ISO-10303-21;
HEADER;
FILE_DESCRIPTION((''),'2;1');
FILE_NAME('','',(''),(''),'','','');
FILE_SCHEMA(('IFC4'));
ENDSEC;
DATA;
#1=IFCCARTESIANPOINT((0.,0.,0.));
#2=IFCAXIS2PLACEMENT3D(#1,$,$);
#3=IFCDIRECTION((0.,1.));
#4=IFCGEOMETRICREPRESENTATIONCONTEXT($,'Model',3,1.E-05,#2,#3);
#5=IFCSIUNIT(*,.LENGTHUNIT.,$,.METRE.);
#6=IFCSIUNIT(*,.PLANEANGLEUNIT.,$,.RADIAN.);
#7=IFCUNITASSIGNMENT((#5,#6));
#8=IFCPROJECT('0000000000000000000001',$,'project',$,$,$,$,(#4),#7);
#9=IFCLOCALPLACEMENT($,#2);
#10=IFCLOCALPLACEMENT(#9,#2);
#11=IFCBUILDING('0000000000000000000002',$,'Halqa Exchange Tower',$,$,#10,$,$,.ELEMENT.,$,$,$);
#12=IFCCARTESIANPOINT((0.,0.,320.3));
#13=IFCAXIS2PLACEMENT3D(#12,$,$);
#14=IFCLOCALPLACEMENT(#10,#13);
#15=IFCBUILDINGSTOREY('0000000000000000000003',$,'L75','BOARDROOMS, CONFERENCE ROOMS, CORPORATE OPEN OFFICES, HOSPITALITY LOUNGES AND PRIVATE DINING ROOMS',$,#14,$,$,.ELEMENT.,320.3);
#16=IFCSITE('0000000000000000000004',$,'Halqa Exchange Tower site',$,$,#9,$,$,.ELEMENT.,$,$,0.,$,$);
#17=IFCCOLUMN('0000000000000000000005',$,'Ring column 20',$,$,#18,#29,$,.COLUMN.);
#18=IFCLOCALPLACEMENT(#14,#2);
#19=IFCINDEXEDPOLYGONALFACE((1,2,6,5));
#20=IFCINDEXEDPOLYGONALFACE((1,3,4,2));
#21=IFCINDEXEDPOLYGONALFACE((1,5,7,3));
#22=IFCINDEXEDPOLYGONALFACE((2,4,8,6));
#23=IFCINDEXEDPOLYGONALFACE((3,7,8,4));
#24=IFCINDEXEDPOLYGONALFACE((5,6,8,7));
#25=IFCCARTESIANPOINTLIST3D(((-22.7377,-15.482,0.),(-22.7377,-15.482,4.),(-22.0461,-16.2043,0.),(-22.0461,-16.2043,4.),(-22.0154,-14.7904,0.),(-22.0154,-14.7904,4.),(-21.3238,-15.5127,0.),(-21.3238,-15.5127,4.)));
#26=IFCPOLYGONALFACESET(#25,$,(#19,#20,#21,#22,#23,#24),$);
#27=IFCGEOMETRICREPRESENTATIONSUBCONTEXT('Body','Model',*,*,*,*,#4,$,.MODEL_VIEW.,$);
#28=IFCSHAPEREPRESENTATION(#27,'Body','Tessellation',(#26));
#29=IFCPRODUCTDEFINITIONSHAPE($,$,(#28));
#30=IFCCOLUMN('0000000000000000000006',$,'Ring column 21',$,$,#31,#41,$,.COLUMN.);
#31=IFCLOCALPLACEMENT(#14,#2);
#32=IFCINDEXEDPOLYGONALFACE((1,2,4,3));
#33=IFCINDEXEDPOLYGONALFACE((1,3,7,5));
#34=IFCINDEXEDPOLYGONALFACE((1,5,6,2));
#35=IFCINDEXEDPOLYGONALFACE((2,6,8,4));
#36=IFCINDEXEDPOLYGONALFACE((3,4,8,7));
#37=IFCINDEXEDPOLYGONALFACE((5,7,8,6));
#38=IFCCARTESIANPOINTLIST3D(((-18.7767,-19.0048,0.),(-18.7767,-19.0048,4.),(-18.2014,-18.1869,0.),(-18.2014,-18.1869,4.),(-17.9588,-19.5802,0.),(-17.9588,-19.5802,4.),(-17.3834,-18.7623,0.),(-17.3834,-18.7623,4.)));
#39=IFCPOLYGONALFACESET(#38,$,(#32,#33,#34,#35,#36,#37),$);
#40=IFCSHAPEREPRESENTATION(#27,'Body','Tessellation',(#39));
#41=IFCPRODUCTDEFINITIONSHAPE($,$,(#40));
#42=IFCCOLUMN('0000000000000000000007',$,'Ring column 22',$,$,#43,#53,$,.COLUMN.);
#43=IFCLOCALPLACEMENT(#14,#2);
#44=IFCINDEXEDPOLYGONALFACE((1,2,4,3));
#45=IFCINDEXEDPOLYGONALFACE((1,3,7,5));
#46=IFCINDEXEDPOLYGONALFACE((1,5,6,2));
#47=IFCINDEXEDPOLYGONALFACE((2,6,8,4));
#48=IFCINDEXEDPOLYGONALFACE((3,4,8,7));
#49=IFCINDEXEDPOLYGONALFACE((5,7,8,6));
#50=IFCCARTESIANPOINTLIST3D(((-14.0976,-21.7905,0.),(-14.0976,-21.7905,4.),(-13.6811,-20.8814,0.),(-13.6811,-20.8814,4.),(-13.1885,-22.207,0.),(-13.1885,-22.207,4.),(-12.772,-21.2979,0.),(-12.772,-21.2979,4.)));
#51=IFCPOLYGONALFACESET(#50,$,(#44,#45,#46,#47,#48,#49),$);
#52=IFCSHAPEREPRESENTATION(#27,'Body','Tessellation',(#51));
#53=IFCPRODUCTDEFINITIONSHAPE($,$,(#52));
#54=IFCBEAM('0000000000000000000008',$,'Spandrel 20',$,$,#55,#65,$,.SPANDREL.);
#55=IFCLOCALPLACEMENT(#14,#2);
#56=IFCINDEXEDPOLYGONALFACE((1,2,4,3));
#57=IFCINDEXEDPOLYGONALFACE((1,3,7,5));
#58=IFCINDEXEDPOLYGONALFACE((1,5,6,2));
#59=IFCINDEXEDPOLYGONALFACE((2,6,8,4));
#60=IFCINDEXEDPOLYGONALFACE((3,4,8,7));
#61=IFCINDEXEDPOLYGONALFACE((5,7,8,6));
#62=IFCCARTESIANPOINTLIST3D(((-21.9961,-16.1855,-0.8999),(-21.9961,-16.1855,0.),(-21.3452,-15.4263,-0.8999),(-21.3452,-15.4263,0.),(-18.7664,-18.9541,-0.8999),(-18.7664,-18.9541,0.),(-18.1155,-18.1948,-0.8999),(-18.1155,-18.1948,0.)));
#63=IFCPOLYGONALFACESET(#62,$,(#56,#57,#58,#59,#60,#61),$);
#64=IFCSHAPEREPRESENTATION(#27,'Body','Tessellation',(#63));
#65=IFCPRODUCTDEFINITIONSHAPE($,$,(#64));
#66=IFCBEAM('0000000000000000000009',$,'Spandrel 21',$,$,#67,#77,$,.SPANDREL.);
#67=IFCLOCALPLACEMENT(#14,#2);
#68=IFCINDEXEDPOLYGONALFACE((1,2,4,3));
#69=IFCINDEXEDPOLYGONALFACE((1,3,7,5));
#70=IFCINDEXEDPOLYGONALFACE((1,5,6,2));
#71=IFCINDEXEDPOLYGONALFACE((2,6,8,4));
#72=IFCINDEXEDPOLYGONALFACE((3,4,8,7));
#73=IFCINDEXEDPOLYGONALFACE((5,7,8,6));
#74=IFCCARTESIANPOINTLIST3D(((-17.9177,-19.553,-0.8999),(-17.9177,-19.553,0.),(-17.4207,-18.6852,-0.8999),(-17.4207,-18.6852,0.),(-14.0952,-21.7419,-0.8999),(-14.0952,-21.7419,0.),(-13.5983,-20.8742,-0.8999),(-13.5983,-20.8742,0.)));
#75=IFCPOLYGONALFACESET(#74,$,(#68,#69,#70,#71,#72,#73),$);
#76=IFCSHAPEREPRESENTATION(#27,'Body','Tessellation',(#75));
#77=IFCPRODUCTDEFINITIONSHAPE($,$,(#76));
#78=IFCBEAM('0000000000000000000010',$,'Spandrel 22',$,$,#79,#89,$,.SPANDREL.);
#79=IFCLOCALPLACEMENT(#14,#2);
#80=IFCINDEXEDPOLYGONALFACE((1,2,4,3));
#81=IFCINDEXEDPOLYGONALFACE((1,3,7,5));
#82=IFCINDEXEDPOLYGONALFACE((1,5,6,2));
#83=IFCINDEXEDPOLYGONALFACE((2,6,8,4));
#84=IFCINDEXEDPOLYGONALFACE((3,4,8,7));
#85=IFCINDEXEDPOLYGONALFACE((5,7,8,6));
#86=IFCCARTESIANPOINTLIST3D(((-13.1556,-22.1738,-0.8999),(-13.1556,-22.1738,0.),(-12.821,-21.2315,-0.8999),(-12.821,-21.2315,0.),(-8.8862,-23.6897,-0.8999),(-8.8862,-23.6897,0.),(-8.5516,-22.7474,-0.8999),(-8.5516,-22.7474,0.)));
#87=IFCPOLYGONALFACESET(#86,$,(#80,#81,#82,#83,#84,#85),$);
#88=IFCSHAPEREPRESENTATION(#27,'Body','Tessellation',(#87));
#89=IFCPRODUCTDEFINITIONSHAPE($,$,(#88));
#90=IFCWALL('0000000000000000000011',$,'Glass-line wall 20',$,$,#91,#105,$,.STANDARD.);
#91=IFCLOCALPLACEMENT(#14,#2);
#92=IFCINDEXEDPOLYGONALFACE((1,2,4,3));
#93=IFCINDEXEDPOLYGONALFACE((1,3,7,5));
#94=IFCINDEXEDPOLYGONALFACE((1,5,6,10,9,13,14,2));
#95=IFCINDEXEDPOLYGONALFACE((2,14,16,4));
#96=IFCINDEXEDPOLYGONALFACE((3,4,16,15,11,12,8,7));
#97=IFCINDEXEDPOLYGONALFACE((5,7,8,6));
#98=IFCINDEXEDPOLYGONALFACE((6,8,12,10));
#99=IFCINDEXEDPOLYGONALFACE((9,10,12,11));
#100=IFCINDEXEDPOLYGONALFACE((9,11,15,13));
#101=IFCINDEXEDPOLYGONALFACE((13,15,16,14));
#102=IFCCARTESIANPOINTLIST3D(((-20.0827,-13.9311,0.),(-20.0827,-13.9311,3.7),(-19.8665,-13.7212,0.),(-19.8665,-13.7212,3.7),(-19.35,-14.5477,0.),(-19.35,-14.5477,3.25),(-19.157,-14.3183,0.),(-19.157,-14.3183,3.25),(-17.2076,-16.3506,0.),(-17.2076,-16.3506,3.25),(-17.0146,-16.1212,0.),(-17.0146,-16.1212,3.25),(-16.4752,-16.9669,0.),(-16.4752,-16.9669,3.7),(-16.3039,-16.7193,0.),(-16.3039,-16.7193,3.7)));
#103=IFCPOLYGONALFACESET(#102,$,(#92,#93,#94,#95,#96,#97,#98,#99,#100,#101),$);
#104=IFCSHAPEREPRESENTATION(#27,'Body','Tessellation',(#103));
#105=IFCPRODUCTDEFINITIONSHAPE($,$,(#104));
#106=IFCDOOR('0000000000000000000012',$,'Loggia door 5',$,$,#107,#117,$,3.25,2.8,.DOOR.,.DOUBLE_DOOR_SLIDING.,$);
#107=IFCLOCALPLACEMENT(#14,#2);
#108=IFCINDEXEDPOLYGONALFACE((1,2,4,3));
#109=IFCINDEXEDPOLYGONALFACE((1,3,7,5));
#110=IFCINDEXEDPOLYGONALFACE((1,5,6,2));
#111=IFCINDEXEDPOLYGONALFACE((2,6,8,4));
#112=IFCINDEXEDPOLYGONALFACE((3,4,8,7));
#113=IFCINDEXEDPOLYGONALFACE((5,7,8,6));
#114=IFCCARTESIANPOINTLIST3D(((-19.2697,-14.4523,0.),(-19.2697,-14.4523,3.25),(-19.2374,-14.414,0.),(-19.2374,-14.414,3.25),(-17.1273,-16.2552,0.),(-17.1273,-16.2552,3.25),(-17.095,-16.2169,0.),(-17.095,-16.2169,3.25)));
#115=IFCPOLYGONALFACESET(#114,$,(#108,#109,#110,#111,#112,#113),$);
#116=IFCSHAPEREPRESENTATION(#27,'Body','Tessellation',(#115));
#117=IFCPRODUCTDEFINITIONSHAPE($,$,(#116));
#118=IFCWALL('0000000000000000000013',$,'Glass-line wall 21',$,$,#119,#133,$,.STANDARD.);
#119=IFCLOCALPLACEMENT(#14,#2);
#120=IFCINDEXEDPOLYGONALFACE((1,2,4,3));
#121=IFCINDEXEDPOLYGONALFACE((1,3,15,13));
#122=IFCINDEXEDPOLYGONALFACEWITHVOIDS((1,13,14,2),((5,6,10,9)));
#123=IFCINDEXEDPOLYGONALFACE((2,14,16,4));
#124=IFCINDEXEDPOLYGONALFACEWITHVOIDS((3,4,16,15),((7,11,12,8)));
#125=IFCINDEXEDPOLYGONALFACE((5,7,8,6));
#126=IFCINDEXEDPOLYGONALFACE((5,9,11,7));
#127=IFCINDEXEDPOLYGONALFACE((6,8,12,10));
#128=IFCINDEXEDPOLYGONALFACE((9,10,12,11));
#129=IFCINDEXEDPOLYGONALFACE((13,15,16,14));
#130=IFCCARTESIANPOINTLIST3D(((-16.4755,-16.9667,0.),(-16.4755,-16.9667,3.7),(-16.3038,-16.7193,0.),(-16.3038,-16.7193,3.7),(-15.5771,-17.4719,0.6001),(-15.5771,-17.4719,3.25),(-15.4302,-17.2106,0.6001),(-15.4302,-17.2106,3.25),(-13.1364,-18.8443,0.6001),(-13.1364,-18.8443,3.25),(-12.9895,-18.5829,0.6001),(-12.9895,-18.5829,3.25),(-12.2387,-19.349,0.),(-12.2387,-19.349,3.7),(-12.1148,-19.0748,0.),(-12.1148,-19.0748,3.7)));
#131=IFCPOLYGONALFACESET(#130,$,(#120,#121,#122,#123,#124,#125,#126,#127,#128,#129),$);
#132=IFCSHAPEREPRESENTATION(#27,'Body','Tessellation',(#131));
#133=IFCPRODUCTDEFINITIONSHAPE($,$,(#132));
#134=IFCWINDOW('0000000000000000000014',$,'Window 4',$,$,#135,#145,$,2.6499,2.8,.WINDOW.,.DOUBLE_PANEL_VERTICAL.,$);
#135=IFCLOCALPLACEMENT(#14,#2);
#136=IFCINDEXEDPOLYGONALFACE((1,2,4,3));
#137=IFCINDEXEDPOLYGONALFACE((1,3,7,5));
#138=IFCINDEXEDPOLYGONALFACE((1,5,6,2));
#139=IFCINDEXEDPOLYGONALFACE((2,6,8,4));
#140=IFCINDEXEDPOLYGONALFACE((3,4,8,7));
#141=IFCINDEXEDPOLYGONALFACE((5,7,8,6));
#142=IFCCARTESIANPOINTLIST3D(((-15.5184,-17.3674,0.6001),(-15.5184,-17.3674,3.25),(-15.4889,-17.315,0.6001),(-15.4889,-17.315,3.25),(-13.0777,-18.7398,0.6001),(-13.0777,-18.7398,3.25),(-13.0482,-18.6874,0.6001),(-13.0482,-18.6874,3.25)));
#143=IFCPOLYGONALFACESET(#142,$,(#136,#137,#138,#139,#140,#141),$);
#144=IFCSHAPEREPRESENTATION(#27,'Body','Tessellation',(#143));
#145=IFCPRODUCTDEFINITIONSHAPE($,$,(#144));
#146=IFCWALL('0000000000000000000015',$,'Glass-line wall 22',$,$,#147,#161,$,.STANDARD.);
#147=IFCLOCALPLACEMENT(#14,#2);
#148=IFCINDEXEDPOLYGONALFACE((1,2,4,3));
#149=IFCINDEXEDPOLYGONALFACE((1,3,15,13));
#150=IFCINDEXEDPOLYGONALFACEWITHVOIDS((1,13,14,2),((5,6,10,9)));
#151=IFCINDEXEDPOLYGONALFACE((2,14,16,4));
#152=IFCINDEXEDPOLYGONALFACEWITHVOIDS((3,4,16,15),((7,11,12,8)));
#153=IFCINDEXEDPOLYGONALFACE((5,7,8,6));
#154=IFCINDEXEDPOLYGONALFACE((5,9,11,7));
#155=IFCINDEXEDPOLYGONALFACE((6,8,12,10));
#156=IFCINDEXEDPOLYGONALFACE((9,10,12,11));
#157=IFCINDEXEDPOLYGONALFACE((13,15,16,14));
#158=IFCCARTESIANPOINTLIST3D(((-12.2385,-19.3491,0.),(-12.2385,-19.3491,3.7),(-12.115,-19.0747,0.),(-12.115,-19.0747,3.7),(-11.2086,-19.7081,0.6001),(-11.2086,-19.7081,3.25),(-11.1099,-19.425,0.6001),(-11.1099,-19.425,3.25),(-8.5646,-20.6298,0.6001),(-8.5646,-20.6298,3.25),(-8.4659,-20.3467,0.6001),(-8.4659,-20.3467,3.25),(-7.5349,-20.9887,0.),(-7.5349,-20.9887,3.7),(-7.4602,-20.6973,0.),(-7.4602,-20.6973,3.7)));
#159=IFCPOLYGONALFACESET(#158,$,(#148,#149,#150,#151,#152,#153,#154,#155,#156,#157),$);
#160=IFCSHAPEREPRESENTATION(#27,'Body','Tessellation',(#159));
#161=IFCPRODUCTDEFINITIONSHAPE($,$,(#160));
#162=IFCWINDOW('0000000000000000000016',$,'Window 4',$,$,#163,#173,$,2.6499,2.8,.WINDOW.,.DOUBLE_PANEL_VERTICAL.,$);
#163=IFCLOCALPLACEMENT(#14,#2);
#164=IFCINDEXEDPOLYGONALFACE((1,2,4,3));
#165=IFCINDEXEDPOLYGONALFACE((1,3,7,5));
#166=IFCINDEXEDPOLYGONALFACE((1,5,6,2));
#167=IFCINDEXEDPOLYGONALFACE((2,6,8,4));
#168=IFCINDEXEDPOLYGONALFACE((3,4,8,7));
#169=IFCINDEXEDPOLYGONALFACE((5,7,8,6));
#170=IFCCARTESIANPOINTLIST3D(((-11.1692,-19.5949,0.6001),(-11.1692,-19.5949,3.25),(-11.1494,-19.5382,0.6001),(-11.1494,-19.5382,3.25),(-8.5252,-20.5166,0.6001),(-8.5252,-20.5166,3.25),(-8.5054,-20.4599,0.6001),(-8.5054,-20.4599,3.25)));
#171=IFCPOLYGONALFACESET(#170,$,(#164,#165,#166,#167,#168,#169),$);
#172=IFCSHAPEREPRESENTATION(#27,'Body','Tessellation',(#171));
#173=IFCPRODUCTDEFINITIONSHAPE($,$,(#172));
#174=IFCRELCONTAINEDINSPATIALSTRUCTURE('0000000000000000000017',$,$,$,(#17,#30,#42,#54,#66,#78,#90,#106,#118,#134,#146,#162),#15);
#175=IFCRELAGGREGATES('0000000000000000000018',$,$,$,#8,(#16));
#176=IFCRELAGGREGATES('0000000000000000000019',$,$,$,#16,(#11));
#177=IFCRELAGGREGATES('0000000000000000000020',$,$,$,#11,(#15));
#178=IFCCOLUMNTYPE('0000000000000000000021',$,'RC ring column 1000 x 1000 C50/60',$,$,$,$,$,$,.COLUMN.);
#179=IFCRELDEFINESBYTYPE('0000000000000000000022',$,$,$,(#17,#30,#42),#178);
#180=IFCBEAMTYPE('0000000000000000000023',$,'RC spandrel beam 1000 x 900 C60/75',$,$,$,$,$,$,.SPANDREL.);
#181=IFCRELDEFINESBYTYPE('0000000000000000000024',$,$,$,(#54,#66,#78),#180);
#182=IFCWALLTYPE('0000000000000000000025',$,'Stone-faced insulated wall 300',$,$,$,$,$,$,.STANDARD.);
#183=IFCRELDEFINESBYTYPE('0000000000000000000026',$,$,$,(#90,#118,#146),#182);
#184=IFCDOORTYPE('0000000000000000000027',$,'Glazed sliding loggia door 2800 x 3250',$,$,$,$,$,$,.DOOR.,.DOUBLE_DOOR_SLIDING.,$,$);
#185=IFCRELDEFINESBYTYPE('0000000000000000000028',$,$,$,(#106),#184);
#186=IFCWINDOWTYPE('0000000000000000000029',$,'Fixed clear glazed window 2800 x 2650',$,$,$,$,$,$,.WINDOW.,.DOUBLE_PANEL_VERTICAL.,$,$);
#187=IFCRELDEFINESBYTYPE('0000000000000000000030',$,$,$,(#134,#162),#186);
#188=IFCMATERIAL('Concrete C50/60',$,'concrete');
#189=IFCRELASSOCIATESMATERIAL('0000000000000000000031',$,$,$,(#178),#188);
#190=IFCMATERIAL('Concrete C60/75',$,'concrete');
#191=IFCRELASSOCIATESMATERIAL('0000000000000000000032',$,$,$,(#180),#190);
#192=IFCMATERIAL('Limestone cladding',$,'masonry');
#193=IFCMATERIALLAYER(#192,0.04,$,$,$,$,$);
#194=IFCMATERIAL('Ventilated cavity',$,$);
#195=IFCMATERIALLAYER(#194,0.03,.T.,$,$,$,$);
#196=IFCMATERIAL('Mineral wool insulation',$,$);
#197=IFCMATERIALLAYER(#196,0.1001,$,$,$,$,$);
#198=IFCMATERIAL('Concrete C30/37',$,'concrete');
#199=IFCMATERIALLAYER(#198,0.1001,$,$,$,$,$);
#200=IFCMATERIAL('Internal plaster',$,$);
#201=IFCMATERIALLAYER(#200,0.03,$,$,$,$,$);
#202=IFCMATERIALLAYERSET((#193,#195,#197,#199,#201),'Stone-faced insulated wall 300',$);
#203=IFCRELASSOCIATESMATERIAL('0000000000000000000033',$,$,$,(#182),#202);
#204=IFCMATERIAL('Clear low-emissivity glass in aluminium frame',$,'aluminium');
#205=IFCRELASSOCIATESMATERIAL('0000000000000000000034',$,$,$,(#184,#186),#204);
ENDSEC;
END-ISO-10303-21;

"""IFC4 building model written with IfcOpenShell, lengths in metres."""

from ifc_helpers import new_model, si_unit, direction, frame, frame_2d, origin, origin_2d, place, context, subcontext, project, spatial, polyline, rectangle, outline, extrude, material, layer, layer_set, material_profile, profile_set, type_object, element, fill, save


model = new_model("IFC4")

# Units and contexts
model_context = context("Model", 3, precision=1e-05, world=origin(), true_north=direction((0.0, 1.0)))
body_context = subcontext(model_context, "Body", "Model", "MODEL_VIEW")
ifc_project = project(units=[si_unit("LENGTHUNIT", "METRE"), si_unit("PLANEANGLEUNIT", "RADIAN")], contexts=[model_context])

# Site, building, storey
site_placement = place(None, origin())
site = spatial("IfcSite", under=ifc_project, at=site_placement, Name="Halqa Exchange Tower site", CompositionType="ELEMENT", RefElevation=0.0)
building_placement = place(site_placement, origin())
building = spatial("IfcBuilding", under=site, at=building_placement, Name="Halqa Exchange Tower", CompositionType="ELEMENT")
storey_placement = place(building_placement, frame((0.0, 0.0, 320.3)))
storey = spatial("IfcBuildingStorey", under=building, at=storey_placement, Name="L75", Description="BOARDROOMS, CONFERENCE ROOMS, CORPORATE OPEN OFFICES, HOSPITALITY LOUNGES AND PRIVATE DINING ROOMS", CompositionType="ELEMENT", Elevation=320.3)

# Columns
ifc_material_1 = material(Name="Concrete C50/60", Category="concrete")
ifc_material_profile_1 = material_profile(ifc_material_1, rectangle(XDim=1.0, YDim=1.0, at=origin_2d()), Name="1000 x 1000")
ifc_profile_set_1 = profile_set([ifc_material_profile_1], Name="Concrete C50/60")
column_type = type_object("IfcColumnType", Name="RC ring column 1000 x 1000 C50/60", PredefinedType="COLUMN", material=ifc_profile_set_1)
for number, where, z_axis, x_axis, name in (
    (1, (-22.0308, -15.4973, 0.0), (0.0, 0.0, 1.0), (0.691579, -0.722301, 0.0), "Ring column 20"),
    (2, (-18.0801, -18.8835, 0.0), (0.0, 0.0, 1.0), (0.817907, -0.575351, 0.0), "Ring column 21"),
    (3, (-13.4348, -21.5442, 0.0), (0.0, 0.0, 1.0), (0.909129, -0.416516, 0.0), "Ring column 22"),
):
    element("IfcColumn", number, at=place(storey_placement, frame(where, z_axis=z_axis, x_axis=x_axis)), inside=storey, type_object=column_type, Name=name, PredefinedType="COLUMN", context=body_context, shape_type="SweptSolid", body=[
        extrude(rectangle(XDim=1.0, YDim=1.0, at=origin_2d()), origin(), (0.0, 0.0, 1.0), 4.0),
    ])

# Beams
ifc_material_2 = material(Name="Concrete C60/75", Category="concrete")
ifc_material_profile_2 = material_profile(ifc_material_2, rectangle(XDim=1.0, YDim=0.8999, at=origin_2d()), Name="1000 x 900")
ifc_profile_set_2 = profile_set([ifc_material_profile_2], Name="Concrete C60/75")
beam_type = type_object("IfcBeamType", Name="RC spandrel beam 1000 x 900 C60/75", PredefinedType="SPANDREL", material=ifc_profile_set_2)
beam_1_placement = place(storey_placement, frame((-21.6707, -15.8059, -0.45), z_axis=(0.759232, -0.65082, 0.0), x_axis=(0.65082, 0.759232, 0.0)))
element("IfcBeam", 4, at=beam_1_placement, inside=storey, type_object=beam_type, Name="Spandrel 20", PredefinedType="SPANDREL", context=body_context, shape_type="SweptSolid", body=[
    extrude(rectangle(XDim=1.0, YDim=0.8999, at=origin_2d()), origin(), (0.0, 0.0, 1.0), 4.2539),
])
beam_2_placement = place(storey_placement, frame((-17.6692, -19.1191, -0.45), z_axis=(0.867786, -0.496939, 0.0), x_axis=(0.496939, 0.867786, 0.0)))
element("IfcBeam", 5, at=beam_2_placement, inside=storey, type_object=beam_type, Name="Spandrel 21", PredefinedType="SPANDREL", context=body_context, shape_type="SweptSolid", body=[
    extrude(rectangle(XDim=1.0, YDim=0.8999, at=origin_2d()), origin(), (0.0, 0.0, 1.0), 4.4048),
])
beam_3_placement = place(storey_placement, frame((-12.9883, -21.7026, -0.45), z_axis=(0.942361, -0.334598, 0.0), x_axis=(0.334598, 0.942361, 0.0)))
element("IfcBeam", 6, at=beam_3_placement, inside=storey, type_object=beam_type, Name="Spandrel 22", PredefinedType="SPANDREL", context=body_context, shape_type="SweptSolid", body=[
    extrude(rectangle(XDim=1.0, YDim=0.8999, at=origin_2d()), origin(), (0.0, 0.0, 1.0), 4.5305),
])

# Wall, opening, door
ifc_material_3 = material(Name="Limestone cladding", Category="masonry")
ifc_layer_1 = layer(ifc_material_3, 0.04)
ifc_material_4 = material(Name="Ventilated cavity")
ifc_layer_2 = layer(ifc_material_4, 0.03, ventilated=True)
ifc_material_5 = material(Name="Mineral wool insulation")
ifc_layer_3 = layer(ifc_material_5, 0.1001)
ifc_material_6 = material(Name="Concrete C30/37", Category="concrete")
ifc_layer_4 = layer(ifc_material_6, 0.1001)
ifc_material_7 = material(Name="Internal plaster")
ifc_layer_5 = layer(ifc_material_7, 0.03)
ifc_layer_set_1 = layer_set([ifc_layer_1, ifc_layer_2, ifc_layer_3, ifc_layer_4, ifc_layer_5], Name="Stone-faced insulated wall 300")
wall_type_1 = type_object("IfcWallType", Name="Stone-faced insulated wall 300", PredefinedType="STANDARD", material=ifc_layer_set_1)
wall_1_placement = place(storey_placement, frame((-19.9746, -13.8262, 0.0), z_axis=(0.0, 0.0, 1.0), x_axis=(0.765129, -0.643877, 0.0)))
wall_1 = element("IfcWall", 7, at=wall_1_placement, inside=storey, type_object=wall_type_1, Name="Glass-line wall 20", PredefinedType="STANDARD", context=body_context, shape_type="SweptSolid", body=[
    extrude(outline(polyline([(-0.0151, -0.1499), (4.6997, -0.1499), (4.6714, 0.1499), (0.0151, 0.1499), (-0.0151, -0.1499)])), origin(), (0.0, 0.0, 1.0), 3.7),
])
opening_1_placement = place(wall_1_placement, frame((0.9426, 0.0, 0.0)))
opening_1 = element("IfcOpeningElement", 8, at=opening_1_placement, cuts=wall_1, PredefinedType="OPENING", context=body_context, shape_type="SweptSolid", body=[
    extrude(rectangle(XDim=2.8, YDim=3.25, at=frame_2d((1.3999, 1.625))), frame((0.0, 0.1621, 0.0), z_axis=(0.0, -1.0, 0.0), x_axis=(1.0, 0.0, 0.0)), (0.0, 0.0, 1.0), 0.324),
])
ifc_material_8 = material(Name="Clear low-emissivity glass in aluminium frame", Category="aluminium")
door_type_1 = type_object("IfcDoorType", Name="Glazed sliding loggia door 2800 x 3250", OperationType="DOUBLE_DOOR_SLIDING", PredefinedType="DOOR", material=ifc_material_8)
door_1_placement = place(opening_1_placement, origin())
door_1 = element("IfcDoor", 9, at=door_1_placement, inside=storey, type_object=door_type_1, Name="Loggia door 5", OperationType="DOUBLE_DOOR_SLIDING", OverallHeight=3.25, OverallWidth=2.8, PredefinedType="DOOR", context=body_context, shape_type="SweptSolid", body=[
    extrude(rectangle(XDim=2.8, YDim=3.25, at=frame_2d((1.3999, 1.625))), frame((0.0, 0.0249, 0.0), z_axis=(0.0, -1.0, 0.0), x_axis=(1.0, 0.0, 0.0)), (0.0, 0.0, 1.0), 0.05),
])
fill(opening_1, door_1)

# Walls, openings, windows
wall_2_placement = place(storey_placement, frame((-16.3896, -16.843, 0.0), z_axis=(0.0, 0.0, 1.0), x_axis=(0.871651, -0.490127, 0.0)))
wall_2 = element("IfcWall", 10, at=wall_2_placement, inside=storey, type_object=wall_type_1, Name="Glass-line wall 21", PredefinedType="STANDARD", context=body_context, shape_type="SweptSolid", body=[
    extrude(outline(polyline([(-0.0142, -0.1499), (4.8464, -0.1499), (4.8201, 0.1499), (0.0142, 0.1499), (-0.0142, -0.1499)])), origin(), (0.0, 0.0, 1.0), 3.7),
])
opening_2_placement = place(wall_2_placement, frame((1.0166, 0.0, 0.6001)))
opening_2 = element("IfcOpeningElement", 11, at=opening_2_placement, cuts=wall_2, PredefinedType="OPENING", context=body_context, shape_type="SweptSolid", body=[
    extrude(rectangle(XDim=2.8, YDim=2.6499, at=frame_2d((1.3999, 1.325))), frame((0.0, 0.1621, 0.0), z_axis=(0.0, -1.0, 0.0), x_axis=(1.0, 0.0, 0.0)), (0.0, 0.0, 1.0), 0.324),
])
window_type = type_object("IfcWindowType", Name="Fixed clear glazed window 2800 x 2650", PartitioningType="DOUBLE_PANEL_VERTICAL", PredefinedType="WINDOW", material=ifc_material_8)
window_1_placement = place(opening_2_placement, origin())
window_1 = element("IfcWindow", 12, at=window_1_placement, inside=storey, type_object=window_type, Name="Window 4", OverallHeight=2.6499, OverallWidth=2.8, PartitioningType="DOUBLE_PANEL_VERTICAL", PredefinedType="WINDOW", context=body_context, shape_type="SweptSolid", body=[
    extrude(rectangle(XDim=2.8, YDim=2.6499, at=frame_2d((1.3999, 1.325))), frame((0.0, 0.03, 0.0), z_axis=(0.0, -1.0, 0.0), x_axis=(1.0, 0.0, 0.0)), (0.0, 0.0, 1.0), 0.0601),
])
fill(opening_2, window_1)
wall_3_placement = place(storey_placement, frame((-12.1768, -19.2119, 0.0), z_axis=(0.0, 0.0, 1.0), x_axis=(0.944274, -0.329161, 0.0)))
wall_3 = element("IfcWall", 13, at=wall_3_placement, inside=storey, type_object=wall_type_1, Name="Glass-line wall 22", PredefinedType="STANDARD", context=body_context, shape_type="SweptSolid", body=[
    extrude(outline(polyline([(-0.0132, -0.1499), (4.968, -0.1499), (4.9426, 0.1499), (0.0132, 0.1499), (-0.0132, -0.1499)])), origin(), (0.0, 0.0, 1.0), 3.7),
])
opening_3_placement = place(wall_3_placement, frame((1.0776, 0.0, 0.6001)))
opening_3 = element("IfcOpeningElement", 14, at=opening_3_placement, cuts=wall_3, PredefinedType="OPENING", context=body_context, shape_type="SweptSolid", body=[
    extrude(rectangle(XDim=2.8, YDim=2.6499, at=frame_2d((1.3999, 1.325))), frame((0.0, 0.1621, 0.0), z_axis=(0.0, -1.0, 0.0), x_axis=(1.0, 0.0, 0.0)), (0.0, 0.0, 1.0), 0.324),
])
window_2_placement = place(opening_3_placement, origin())
window_2 = element("IfcWindow", 15, at=window_2_placement, inside=storey, type_object=window_type, Name="Window 4", OverallHeight=2.6499, OverallWidth=2.8, PartitioningType="DOUBLE_PANEL_VERTICAL", PredefinedType="WINDOW", context=body_context, shape_type="SweptSolid", body=[
    extrude(rectangle(XDim=2.8, YDim=2.6499, at=frame_2d((1.3999, 1.325))), frame((0.0, 0.03, 0.0), z_axis=(0.0, -1.0, 0.0), x_axis=(1.0, 0.0, 0.0)), (0.0, 0.0, 1.0), 0.0601),
])
fill(opening_3, window_2)

save(model, "model.ifc")
